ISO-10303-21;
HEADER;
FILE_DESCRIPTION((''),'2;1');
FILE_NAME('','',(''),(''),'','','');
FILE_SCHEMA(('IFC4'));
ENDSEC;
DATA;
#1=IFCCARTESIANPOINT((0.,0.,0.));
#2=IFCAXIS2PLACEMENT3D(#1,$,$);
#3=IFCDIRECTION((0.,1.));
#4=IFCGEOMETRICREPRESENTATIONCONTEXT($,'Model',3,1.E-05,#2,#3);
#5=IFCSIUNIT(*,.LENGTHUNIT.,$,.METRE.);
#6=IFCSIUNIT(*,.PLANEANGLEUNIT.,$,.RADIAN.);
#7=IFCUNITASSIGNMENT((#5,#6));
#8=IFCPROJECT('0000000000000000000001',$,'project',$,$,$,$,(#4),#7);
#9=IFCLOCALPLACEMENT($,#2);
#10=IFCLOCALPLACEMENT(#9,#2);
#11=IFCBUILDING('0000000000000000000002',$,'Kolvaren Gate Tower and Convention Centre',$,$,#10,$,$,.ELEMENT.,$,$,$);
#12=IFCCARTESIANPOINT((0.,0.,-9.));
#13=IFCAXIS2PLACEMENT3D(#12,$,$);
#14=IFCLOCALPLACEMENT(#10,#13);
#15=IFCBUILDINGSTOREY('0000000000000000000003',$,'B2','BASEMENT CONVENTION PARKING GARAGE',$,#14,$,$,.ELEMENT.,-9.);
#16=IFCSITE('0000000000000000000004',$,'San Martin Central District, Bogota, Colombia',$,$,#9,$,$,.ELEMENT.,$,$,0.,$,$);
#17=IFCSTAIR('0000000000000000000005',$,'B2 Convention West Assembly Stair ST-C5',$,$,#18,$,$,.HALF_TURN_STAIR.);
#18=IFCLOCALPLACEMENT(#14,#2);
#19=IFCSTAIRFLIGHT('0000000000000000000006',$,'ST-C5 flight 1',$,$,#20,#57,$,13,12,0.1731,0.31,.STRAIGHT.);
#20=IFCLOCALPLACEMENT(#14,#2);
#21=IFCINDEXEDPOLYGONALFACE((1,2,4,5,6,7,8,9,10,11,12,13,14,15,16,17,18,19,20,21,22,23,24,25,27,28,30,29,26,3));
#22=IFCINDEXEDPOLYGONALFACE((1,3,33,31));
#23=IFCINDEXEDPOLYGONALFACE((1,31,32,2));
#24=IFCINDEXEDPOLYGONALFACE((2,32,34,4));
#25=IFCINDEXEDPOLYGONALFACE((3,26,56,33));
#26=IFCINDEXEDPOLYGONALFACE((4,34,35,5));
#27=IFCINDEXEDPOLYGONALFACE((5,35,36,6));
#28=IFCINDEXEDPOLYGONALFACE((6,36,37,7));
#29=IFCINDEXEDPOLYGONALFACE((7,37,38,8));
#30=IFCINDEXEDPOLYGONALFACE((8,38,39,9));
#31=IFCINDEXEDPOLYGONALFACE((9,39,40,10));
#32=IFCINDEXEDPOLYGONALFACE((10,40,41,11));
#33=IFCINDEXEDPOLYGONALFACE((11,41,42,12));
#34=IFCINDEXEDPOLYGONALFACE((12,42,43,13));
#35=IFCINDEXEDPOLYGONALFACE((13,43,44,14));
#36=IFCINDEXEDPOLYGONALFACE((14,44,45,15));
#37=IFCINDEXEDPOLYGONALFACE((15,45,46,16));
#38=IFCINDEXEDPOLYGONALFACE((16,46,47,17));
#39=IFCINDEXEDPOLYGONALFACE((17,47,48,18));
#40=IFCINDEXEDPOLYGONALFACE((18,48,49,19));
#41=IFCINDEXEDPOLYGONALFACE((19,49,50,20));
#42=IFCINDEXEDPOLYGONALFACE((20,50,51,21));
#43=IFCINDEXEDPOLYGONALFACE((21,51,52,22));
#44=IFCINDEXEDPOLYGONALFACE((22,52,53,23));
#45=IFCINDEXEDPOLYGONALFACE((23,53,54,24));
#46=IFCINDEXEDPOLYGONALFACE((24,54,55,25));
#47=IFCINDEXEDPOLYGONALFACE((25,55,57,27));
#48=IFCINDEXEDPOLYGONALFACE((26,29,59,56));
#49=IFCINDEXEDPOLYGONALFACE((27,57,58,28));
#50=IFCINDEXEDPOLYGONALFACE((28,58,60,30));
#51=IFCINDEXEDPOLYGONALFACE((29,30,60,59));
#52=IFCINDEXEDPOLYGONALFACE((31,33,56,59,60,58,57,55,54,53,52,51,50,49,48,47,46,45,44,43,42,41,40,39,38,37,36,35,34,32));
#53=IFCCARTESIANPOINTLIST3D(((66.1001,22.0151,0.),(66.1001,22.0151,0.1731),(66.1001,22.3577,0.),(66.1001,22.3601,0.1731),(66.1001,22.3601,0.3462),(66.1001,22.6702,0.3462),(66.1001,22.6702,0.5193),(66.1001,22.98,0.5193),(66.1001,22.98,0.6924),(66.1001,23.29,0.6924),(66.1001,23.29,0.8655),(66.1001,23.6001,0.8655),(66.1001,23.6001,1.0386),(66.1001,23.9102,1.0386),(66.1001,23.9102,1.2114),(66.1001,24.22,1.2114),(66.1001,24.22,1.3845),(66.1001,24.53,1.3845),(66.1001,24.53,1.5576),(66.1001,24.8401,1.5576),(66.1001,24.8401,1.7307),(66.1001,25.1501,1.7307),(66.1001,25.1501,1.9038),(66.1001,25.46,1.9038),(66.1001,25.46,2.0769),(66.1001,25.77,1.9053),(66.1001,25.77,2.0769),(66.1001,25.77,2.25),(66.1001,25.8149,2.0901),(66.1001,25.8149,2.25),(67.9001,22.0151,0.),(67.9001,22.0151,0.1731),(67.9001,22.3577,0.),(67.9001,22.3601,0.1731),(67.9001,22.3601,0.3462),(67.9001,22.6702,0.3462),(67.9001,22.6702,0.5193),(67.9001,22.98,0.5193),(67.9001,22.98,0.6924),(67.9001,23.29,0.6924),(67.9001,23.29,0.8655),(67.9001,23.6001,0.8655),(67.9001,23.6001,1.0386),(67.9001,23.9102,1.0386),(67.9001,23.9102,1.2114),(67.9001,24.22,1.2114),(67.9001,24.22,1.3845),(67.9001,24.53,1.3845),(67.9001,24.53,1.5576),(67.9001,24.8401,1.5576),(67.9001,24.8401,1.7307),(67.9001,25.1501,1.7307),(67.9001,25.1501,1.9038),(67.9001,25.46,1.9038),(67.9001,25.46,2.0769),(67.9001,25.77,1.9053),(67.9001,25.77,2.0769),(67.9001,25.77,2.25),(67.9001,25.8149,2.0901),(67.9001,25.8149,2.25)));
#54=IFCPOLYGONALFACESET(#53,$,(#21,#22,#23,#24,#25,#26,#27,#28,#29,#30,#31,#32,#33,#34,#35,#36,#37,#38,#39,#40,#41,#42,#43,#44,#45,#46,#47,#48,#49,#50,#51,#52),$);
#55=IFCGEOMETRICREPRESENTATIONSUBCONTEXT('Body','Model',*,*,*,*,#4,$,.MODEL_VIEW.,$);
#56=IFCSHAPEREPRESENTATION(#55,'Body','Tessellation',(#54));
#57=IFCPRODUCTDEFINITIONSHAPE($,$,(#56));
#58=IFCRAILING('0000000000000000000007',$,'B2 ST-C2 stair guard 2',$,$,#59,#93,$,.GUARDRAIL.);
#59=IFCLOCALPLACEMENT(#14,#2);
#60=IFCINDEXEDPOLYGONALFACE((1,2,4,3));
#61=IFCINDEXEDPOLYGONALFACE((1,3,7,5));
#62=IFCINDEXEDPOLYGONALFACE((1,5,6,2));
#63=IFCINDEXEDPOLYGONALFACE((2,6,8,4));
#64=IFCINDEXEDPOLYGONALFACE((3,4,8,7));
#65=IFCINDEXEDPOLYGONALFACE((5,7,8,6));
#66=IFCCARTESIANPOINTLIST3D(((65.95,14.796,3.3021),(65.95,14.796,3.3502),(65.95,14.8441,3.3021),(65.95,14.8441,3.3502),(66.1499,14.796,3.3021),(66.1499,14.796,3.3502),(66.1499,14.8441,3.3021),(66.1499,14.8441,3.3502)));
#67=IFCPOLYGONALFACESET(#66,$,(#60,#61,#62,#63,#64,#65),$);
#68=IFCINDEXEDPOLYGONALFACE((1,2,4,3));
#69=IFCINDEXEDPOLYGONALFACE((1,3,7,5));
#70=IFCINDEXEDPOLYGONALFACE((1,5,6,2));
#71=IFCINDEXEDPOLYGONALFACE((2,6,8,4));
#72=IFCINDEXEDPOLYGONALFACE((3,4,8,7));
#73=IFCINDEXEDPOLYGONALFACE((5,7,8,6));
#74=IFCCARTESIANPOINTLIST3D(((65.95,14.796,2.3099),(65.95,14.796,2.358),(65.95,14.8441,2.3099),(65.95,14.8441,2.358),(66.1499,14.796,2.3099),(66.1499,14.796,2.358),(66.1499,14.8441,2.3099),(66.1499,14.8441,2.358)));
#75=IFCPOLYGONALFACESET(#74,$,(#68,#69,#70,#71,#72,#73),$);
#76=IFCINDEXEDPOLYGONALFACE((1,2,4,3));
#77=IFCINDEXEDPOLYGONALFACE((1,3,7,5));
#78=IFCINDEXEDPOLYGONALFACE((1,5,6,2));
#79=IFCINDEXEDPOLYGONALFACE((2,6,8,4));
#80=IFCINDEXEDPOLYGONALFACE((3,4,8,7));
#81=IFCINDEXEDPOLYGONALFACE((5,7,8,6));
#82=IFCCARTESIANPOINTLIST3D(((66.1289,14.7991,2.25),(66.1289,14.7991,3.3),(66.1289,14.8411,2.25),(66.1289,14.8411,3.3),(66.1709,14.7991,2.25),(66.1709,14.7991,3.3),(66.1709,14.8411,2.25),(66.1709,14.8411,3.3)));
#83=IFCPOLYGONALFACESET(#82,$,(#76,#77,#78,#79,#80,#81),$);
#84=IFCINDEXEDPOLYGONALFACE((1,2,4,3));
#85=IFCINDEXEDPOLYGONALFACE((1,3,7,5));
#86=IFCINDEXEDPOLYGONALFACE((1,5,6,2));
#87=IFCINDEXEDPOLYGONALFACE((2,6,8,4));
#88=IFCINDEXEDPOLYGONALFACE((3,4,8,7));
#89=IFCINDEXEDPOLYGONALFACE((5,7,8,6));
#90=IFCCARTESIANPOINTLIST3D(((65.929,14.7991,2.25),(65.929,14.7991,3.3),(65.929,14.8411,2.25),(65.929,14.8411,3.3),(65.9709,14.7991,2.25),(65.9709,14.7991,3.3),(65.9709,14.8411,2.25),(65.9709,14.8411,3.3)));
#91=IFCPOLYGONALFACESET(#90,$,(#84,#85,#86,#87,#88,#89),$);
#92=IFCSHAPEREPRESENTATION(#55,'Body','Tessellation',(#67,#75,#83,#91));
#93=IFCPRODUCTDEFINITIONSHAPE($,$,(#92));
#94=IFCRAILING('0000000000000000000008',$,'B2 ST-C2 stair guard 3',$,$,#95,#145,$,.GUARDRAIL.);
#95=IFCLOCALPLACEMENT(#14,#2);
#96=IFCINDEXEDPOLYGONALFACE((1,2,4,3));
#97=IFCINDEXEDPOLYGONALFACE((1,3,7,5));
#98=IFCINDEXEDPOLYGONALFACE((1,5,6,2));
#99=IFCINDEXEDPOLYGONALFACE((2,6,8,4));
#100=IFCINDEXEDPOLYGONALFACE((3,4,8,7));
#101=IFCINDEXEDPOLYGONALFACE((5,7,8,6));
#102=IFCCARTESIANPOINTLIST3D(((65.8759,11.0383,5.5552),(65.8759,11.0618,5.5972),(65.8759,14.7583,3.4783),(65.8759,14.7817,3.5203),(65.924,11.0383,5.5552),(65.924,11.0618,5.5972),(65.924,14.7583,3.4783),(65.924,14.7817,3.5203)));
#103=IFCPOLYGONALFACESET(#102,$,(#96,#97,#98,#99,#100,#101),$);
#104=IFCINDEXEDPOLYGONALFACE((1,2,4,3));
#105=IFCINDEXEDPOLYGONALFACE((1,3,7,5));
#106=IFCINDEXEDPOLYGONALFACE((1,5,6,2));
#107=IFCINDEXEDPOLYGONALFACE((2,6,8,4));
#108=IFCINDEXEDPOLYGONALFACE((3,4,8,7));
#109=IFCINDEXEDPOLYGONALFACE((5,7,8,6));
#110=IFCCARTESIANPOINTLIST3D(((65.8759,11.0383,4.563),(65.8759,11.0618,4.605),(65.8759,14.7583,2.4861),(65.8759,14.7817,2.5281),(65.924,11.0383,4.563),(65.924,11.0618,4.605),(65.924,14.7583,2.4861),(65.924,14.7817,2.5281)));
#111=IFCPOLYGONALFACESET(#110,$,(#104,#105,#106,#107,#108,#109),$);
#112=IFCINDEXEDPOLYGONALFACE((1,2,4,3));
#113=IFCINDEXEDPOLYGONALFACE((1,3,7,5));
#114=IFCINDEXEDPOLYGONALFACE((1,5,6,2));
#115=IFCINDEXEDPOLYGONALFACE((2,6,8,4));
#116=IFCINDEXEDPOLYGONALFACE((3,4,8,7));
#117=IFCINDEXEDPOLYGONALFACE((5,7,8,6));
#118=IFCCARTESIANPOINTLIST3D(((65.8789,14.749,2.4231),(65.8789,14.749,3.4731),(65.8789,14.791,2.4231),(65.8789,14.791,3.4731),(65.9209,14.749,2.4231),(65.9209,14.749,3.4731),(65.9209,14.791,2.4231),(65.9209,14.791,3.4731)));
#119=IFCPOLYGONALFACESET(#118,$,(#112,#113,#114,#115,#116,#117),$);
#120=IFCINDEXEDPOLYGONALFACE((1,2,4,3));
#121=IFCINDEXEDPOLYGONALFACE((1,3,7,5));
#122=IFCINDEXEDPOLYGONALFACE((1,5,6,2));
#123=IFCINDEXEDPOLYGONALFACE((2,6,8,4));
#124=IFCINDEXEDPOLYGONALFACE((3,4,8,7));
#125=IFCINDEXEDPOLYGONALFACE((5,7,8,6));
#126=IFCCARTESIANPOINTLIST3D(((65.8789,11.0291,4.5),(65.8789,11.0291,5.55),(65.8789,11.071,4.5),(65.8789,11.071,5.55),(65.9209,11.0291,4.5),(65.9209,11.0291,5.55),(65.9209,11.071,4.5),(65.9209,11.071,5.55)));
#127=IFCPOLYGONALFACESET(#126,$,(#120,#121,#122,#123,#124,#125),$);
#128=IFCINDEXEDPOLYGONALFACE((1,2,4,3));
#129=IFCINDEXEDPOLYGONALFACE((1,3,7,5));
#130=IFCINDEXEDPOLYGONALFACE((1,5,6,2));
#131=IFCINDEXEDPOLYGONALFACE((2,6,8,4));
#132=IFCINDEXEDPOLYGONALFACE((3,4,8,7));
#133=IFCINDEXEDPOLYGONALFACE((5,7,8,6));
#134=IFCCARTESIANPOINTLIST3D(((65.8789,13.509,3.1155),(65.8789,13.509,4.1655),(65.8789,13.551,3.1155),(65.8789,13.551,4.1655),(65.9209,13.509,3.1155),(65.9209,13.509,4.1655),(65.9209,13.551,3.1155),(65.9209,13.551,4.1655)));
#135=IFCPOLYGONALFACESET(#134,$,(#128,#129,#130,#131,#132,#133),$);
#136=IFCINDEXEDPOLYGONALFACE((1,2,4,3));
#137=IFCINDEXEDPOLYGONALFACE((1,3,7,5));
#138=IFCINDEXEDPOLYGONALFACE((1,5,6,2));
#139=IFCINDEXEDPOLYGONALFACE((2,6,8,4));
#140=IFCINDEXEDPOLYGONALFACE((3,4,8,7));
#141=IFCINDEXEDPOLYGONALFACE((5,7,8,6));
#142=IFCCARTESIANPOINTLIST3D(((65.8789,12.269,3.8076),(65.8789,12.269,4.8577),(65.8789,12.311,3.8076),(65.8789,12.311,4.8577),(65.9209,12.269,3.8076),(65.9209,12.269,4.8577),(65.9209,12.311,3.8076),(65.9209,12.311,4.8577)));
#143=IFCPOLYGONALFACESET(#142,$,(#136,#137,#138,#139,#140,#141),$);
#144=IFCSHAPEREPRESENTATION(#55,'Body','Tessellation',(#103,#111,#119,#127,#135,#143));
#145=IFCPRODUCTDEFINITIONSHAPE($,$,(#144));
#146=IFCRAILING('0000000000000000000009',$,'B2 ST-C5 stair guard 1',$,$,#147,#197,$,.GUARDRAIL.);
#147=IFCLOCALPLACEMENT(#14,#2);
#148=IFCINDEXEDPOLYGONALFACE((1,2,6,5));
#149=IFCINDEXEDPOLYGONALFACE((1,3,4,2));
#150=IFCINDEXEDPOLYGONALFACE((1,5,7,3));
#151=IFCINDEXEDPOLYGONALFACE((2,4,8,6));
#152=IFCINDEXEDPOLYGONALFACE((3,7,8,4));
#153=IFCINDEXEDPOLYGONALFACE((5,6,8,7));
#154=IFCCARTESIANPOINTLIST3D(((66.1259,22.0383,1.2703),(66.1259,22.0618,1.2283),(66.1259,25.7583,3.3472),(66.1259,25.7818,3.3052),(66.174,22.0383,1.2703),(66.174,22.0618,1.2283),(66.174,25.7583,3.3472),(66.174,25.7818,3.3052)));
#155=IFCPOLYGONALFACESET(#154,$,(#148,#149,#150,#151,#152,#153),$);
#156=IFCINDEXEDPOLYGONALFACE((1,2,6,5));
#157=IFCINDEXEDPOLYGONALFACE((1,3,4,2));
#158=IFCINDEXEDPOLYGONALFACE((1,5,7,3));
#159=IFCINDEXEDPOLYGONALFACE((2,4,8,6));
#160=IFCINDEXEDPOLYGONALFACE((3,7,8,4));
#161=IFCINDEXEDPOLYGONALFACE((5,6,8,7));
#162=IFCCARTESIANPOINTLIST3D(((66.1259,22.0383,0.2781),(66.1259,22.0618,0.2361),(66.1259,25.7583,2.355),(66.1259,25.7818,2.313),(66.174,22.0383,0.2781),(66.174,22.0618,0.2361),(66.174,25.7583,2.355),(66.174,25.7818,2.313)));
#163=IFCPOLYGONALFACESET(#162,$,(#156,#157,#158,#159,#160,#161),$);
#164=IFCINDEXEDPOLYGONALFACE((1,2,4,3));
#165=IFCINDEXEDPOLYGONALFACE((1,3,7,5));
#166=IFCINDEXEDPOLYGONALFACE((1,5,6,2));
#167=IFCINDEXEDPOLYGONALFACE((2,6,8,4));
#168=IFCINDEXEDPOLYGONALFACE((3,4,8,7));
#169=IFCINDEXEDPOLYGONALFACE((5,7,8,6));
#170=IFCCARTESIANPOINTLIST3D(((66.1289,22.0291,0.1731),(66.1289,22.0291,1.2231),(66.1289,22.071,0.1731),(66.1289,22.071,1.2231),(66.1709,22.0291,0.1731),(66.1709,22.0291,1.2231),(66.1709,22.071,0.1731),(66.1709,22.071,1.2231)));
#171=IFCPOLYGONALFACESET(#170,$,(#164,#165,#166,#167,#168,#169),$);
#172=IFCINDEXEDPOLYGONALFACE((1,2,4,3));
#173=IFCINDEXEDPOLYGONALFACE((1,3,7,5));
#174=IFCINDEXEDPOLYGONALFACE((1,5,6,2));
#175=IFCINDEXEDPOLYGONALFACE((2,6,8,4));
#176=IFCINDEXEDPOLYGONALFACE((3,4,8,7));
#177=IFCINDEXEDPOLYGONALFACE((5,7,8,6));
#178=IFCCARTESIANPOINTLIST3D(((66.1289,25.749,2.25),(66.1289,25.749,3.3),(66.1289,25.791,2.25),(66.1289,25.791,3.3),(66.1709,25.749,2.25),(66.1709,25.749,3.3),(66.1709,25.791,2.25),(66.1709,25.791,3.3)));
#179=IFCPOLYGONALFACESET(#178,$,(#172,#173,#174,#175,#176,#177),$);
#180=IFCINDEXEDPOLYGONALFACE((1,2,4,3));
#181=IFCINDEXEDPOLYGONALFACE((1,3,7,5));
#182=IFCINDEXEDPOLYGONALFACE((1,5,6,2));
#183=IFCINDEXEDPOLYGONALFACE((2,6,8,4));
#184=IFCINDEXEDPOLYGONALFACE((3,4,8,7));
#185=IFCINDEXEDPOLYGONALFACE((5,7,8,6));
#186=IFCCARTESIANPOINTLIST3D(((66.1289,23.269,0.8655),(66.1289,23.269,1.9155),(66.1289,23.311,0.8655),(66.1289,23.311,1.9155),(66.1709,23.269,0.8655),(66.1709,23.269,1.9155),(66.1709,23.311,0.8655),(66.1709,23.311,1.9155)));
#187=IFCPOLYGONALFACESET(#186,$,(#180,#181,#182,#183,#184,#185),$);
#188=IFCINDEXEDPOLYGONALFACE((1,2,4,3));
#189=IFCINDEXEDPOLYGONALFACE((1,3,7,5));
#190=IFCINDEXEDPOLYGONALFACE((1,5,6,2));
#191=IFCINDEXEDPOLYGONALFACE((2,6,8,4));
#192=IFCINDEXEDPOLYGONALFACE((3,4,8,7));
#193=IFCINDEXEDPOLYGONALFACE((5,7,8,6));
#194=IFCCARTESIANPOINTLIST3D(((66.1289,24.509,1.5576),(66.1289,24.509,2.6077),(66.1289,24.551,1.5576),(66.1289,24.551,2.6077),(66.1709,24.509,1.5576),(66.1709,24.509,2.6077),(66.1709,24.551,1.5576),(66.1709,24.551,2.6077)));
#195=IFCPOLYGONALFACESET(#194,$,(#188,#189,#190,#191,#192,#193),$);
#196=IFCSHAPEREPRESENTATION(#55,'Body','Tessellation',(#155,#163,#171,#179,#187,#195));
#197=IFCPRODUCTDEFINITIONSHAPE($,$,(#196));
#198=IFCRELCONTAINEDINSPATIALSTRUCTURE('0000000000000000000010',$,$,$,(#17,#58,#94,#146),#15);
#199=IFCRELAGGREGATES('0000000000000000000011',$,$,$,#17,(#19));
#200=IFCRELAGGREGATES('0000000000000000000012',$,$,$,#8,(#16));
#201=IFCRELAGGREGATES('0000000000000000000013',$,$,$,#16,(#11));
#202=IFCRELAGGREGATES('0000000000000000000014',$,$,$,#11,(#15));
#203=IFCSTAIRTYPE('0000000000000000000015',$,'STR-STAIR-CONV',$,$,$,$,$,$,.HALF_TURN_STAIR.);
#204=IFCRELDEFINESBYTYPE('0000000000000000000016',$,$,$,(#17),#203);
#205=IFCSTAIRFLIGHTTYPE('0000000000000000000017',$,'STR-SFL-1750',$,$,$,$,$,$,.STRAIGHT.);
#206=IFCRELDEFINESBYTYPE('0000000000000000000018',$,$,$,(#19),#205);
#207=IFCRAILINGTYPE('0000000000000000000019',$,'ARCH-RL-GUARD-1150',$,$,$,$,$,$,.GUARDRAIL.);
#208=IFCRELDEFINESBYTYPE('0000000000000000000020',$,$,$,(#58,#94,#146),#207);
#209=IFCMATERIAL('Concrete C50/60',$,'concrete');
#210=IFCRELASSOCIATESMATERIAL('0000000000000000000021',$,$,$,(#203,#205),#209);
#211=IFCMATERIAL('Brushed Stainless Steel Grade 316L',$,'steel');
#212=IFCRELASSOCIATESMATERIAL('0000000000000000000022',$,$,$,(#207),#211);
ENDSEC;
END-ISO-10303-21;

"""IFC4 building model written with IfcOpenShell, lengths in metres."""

from ifc_helpers import new_model, si_unit, direction, frame, origin, origin_2d, place, context, subcontext, project, spatial, polyline, rectangle, outline, extrude, material, type_object, element, aggregate, save


model = new_model("IFC4")

# Units and contexts
model_context = context("Model", 3, precision=1e-05, world=origin(), true_north=direction((0.0, 1.0)))
body_context = subcontext(model_context, "Body", "Model", "MODEL_VIEW")
ifc_project = project(units=[si_unit("LENGTHUNIT", "METRE"), si_unit("PLANEANGLEUNIT", "RADIAN")], contexts=[model_context])

# Site, building, storey
site_placement = place(None, origin())
site = spatial("IfcSite", under=ifc_project, at=site_placement, Name="San Martin Central District, Bogota, Colombia", CompositionType="ELEMENT", RefElevation=0.0)
building_placement = place(site_placement, origin())
building = spatial("IfcBuilding", under=site, at=building_placement, Name="Kolvaren Gate Tower and Convention Centre", CompositionType="ELEMENT")
storey_placement = place(building_placement, frame((0.0, 0.0, -9.0)))
storey = spatial("IfcBuildingStorey", under=building, at=storey_placement, Name="B2", Description="BASEMENT CONVENTION PARKING GARAGE", CompositionType="ELEMENT", Elevation=-9.0)

# Shared definitions
ifc_material_1 = material(Name="Concrete C50/60", Category="concrete")

# Stair, stair flight
stair_type = type_object("IfcStairType", Name="STR-STAIR-CONV", PredefinedType="HALF_TURN_STAIR", material=ifc_material_1)
stair_flight_type = type_object("IfcStairFlightType", Name="STR-SFL-1750", PredefinedType="STRAIGHT", material=ifc_material_1)
stair_1_placement = place(storey_placement, origin())
stair_1 = element("IfcStair", 1, at=stair_1_placement, inside=storey, type_object=stair_type, Name="B2 Convention West Assembly Stair ST-C5", PredefinedType="HALF_TURN_STAIR")
stair_flight_1_placement = place(storey_placement, frame((67.0, 22.05, 0.0), z_axis=(0.0, 0.0, 1.0), x_axis=(0.0, 1.0, 0.0)))
stair_flight_1 = element("IfcStairFlight", 2, at=stair_flight_1_placement, type_object=stair_flight_type, Name="ST-C5 flight 1", NumberOfRisers=13, NumberOfTreads=12, PredefinedType="STRAIGHT", RiserHeight=0.1731, TreadLength=0.31, context=body_context, shape_type="SweptSolid", body=[
    extrude(outline(polyline([(-0.0349, 0.0), (-0.0349, 0.1731), (0.3101, 0.1731), (0.3101, 0.3462), (0.6201, 0.3462), (0.6201, 0.5193), (0.9299, 0.5193), (0.9299, 0.6924), (1.24, 0.6924), (1.24, 0.8655), (1.55, 0.8655), (1.55, 1.0386), (1.8601, 1.0386), (1.8601, 1.2114), (2.1699, 1.2114), (2.1699, 1.3845), (2.48, 1.3845), (2.48, 1.5576), (2.79, 1.5576), (2.79, 1.7307), (3.1001, 1.7307), (3.1001, 1.9038), (3.4099, 1.9038), (3.4099, 2.0769), (3.72, 2.0769), (3.72, 2.25), (3.7649, 2.25), (3.7649, 2.0901), (3.72, 1.9053), (0.3076, 0.0), (-0.0349, 0.0)])), frame((0.0, 0.8999, 0.0), z_axis=(0.0, -1.0, 0.0), x_axis=(1.0, 0.0, 0.0)), (0.0, 0.0, 1.0), 1.8),
])
aggregate(stair_1, [stair_flight_1])

# Railings
ifc_material_2 = material(Name="Brushed Stainless Steel Grade 316L", Category="steel")
railing_type_1 = type_object("IfcRailingType", Name="ARCH-RL-GUARD-1150", PredefinedType="GUARDRAIL", material=ifc_material_2)
railing_1_placement = place(storey_placement, frame((66.1499, 14.8201, 2.25)))
element("IfcRailing", 3, at=railing_1_placement, inside=storey, type_object=railing_type_1, Name="B2 ST-C2 stair guard 2", PredefinedType="GUARDRAIL", context=body_context, shape_type="SweptSolid", body=[
    extrude(rectangle(XDim=0.0481, YDim=0.0481, at=origin_2d()), frame((0.0, 0.0, 1.0762), z_axis=(-1.0, 0.0, 0.0), x_axis=(0.0, -1.0, 0.0)), (0.0, 0.0, 1.0), 0.2),
    extrude(rectangle(XDim=0.0481, YDim=0.0481, at=origin_2d()), frame((0.0, 0.0, 0.084), z_axis=(-1.0, 0.0, 0.0), x_axis=(0.0, -1.0, 0.0)), (0.0, 0.0, 1.0), 0.2),
    extrude(rectangle(XDim=0.042, YDim=0.042, at=origin_2d()), origin(), (0.0, 0.0, 1.0), 1.05),
    extrude(rectangle(XDim=0.042, YDim=0.042, at=origin_2d()), frame((-0.2, 0.0, 0.0)), (0.0, 0.0, 1.0), 1.05),
])
railing_2_placement = place(storey_placement, frame((65.8999, 14.77, 2.4231)))
element("IfcRailing", 4, at=railing_2_placement, inside=storey, type_object=railing_type_1, Name="B2 ST-C2 stair guard 3", PredefinedType="GUARDRAIL", context=body_context, shape_type="SweptSolid", body=[
    extrude(rectangle(XDim=0.0481, YDim=0.0481, at=origin_2d()), frame((0.0, 0.0, 1.0762), z_axis=(0.0, -0.873134, 0.487481), x_axis=(1.0, 0.0, 0.0)), (0.0, 0.0, 1.0), 4.2605),
    extrude(rectangle(XDim=0.0481, YDim=0.0481, at=origin_2d()), frame((0.0, 0.0, 0.084), z_axis=(0.0, -0.873134, 0.487481), x_axis=(1.0, 0.0, 0.0)), (0.0, 0.0, 1.0), 4.2605),
    extrude(rectangle(XDim=0.042, YDim=0.042, at=origin_2d()), origin(), (0.0, 0.0, 1.0), 1.05),
    extrude(rectangle(XDim=0.042, YDim=0.042, at=origin_2d()), frame((0.0, -3.72, 2.0769)), (0.0, 0.0, 1.0), 1.05),
    extrude(rectangle(XDim=0.042, YDim=0.042, at=origin_2d()), frame((0.0, -1.24, 0.6924)), (0.0, 0.0, 1.0), 1.05),
    extrude(rectangle(XDim=0.042, YDim=0.042, at=origin_2d()), frame((0.0, -2.48, 1.3845)), (0.0, 0.0, 1.0), 1.05),
])
railing_3_placement = place(storey_placement, frame((66.1499, 22.05, 0.1731)))
element("IfcRailing", 5, at=railing_3_placement, inside=storey, type_object=railing_type_1, Name="B2 ST-C5 stair guard 1", PredefinedType="GUARDRAIL", context=body_context, shape_type="SweptSolid", body=[
    extrude(rectangle(XDim=0.0481, YDim=0.0481, at=origin_2d()), frame((0.0, 0.0, 1.0762), z_axis=(0.0, 0.873134, 0.487481), x_axis=(-1.0, 0.0, 0.0)), (0.0, 0.0, 1.0), 4.2605),
    extrude(rectangle(XDim=0.0481, YDim=0.0481, at=origin_2d()), frame((0.0, 0.0, 0.084), z_axis=(0.0, 0.873134, 0.487481), x_axis=(-1.0, 0.0, 0.0)), (0.0, 0.0, 1.0), 4.2605),
    extrude(rectangle(XDim=0.042, YDim=0.042, at=origin_2d()), origin(), (0.0, 0.0, 1.0), 1.05),
    extrude(rectangle(XDim=0.042, YDim=0.042, at=origin_2d()), frame((0.0, 3.72, 2.0769)), (0.0, 0.0, 1.0), 1.05),
    extrude(rectangle(XDim=0.042, YDim=0.042, at=origin_2d()), frame((0.0, 1.24, 0.6924)), (0.0, 0.0, 1.0), 1.05),
    extrude(rectangle(XDim=0.042, YDim=0.042, at=origin_2d()), frame((0.0, 2.48, 1.3845)), (0.0, 0.0, 1.0), 1.05),
])

save(model, "model.ifc")
